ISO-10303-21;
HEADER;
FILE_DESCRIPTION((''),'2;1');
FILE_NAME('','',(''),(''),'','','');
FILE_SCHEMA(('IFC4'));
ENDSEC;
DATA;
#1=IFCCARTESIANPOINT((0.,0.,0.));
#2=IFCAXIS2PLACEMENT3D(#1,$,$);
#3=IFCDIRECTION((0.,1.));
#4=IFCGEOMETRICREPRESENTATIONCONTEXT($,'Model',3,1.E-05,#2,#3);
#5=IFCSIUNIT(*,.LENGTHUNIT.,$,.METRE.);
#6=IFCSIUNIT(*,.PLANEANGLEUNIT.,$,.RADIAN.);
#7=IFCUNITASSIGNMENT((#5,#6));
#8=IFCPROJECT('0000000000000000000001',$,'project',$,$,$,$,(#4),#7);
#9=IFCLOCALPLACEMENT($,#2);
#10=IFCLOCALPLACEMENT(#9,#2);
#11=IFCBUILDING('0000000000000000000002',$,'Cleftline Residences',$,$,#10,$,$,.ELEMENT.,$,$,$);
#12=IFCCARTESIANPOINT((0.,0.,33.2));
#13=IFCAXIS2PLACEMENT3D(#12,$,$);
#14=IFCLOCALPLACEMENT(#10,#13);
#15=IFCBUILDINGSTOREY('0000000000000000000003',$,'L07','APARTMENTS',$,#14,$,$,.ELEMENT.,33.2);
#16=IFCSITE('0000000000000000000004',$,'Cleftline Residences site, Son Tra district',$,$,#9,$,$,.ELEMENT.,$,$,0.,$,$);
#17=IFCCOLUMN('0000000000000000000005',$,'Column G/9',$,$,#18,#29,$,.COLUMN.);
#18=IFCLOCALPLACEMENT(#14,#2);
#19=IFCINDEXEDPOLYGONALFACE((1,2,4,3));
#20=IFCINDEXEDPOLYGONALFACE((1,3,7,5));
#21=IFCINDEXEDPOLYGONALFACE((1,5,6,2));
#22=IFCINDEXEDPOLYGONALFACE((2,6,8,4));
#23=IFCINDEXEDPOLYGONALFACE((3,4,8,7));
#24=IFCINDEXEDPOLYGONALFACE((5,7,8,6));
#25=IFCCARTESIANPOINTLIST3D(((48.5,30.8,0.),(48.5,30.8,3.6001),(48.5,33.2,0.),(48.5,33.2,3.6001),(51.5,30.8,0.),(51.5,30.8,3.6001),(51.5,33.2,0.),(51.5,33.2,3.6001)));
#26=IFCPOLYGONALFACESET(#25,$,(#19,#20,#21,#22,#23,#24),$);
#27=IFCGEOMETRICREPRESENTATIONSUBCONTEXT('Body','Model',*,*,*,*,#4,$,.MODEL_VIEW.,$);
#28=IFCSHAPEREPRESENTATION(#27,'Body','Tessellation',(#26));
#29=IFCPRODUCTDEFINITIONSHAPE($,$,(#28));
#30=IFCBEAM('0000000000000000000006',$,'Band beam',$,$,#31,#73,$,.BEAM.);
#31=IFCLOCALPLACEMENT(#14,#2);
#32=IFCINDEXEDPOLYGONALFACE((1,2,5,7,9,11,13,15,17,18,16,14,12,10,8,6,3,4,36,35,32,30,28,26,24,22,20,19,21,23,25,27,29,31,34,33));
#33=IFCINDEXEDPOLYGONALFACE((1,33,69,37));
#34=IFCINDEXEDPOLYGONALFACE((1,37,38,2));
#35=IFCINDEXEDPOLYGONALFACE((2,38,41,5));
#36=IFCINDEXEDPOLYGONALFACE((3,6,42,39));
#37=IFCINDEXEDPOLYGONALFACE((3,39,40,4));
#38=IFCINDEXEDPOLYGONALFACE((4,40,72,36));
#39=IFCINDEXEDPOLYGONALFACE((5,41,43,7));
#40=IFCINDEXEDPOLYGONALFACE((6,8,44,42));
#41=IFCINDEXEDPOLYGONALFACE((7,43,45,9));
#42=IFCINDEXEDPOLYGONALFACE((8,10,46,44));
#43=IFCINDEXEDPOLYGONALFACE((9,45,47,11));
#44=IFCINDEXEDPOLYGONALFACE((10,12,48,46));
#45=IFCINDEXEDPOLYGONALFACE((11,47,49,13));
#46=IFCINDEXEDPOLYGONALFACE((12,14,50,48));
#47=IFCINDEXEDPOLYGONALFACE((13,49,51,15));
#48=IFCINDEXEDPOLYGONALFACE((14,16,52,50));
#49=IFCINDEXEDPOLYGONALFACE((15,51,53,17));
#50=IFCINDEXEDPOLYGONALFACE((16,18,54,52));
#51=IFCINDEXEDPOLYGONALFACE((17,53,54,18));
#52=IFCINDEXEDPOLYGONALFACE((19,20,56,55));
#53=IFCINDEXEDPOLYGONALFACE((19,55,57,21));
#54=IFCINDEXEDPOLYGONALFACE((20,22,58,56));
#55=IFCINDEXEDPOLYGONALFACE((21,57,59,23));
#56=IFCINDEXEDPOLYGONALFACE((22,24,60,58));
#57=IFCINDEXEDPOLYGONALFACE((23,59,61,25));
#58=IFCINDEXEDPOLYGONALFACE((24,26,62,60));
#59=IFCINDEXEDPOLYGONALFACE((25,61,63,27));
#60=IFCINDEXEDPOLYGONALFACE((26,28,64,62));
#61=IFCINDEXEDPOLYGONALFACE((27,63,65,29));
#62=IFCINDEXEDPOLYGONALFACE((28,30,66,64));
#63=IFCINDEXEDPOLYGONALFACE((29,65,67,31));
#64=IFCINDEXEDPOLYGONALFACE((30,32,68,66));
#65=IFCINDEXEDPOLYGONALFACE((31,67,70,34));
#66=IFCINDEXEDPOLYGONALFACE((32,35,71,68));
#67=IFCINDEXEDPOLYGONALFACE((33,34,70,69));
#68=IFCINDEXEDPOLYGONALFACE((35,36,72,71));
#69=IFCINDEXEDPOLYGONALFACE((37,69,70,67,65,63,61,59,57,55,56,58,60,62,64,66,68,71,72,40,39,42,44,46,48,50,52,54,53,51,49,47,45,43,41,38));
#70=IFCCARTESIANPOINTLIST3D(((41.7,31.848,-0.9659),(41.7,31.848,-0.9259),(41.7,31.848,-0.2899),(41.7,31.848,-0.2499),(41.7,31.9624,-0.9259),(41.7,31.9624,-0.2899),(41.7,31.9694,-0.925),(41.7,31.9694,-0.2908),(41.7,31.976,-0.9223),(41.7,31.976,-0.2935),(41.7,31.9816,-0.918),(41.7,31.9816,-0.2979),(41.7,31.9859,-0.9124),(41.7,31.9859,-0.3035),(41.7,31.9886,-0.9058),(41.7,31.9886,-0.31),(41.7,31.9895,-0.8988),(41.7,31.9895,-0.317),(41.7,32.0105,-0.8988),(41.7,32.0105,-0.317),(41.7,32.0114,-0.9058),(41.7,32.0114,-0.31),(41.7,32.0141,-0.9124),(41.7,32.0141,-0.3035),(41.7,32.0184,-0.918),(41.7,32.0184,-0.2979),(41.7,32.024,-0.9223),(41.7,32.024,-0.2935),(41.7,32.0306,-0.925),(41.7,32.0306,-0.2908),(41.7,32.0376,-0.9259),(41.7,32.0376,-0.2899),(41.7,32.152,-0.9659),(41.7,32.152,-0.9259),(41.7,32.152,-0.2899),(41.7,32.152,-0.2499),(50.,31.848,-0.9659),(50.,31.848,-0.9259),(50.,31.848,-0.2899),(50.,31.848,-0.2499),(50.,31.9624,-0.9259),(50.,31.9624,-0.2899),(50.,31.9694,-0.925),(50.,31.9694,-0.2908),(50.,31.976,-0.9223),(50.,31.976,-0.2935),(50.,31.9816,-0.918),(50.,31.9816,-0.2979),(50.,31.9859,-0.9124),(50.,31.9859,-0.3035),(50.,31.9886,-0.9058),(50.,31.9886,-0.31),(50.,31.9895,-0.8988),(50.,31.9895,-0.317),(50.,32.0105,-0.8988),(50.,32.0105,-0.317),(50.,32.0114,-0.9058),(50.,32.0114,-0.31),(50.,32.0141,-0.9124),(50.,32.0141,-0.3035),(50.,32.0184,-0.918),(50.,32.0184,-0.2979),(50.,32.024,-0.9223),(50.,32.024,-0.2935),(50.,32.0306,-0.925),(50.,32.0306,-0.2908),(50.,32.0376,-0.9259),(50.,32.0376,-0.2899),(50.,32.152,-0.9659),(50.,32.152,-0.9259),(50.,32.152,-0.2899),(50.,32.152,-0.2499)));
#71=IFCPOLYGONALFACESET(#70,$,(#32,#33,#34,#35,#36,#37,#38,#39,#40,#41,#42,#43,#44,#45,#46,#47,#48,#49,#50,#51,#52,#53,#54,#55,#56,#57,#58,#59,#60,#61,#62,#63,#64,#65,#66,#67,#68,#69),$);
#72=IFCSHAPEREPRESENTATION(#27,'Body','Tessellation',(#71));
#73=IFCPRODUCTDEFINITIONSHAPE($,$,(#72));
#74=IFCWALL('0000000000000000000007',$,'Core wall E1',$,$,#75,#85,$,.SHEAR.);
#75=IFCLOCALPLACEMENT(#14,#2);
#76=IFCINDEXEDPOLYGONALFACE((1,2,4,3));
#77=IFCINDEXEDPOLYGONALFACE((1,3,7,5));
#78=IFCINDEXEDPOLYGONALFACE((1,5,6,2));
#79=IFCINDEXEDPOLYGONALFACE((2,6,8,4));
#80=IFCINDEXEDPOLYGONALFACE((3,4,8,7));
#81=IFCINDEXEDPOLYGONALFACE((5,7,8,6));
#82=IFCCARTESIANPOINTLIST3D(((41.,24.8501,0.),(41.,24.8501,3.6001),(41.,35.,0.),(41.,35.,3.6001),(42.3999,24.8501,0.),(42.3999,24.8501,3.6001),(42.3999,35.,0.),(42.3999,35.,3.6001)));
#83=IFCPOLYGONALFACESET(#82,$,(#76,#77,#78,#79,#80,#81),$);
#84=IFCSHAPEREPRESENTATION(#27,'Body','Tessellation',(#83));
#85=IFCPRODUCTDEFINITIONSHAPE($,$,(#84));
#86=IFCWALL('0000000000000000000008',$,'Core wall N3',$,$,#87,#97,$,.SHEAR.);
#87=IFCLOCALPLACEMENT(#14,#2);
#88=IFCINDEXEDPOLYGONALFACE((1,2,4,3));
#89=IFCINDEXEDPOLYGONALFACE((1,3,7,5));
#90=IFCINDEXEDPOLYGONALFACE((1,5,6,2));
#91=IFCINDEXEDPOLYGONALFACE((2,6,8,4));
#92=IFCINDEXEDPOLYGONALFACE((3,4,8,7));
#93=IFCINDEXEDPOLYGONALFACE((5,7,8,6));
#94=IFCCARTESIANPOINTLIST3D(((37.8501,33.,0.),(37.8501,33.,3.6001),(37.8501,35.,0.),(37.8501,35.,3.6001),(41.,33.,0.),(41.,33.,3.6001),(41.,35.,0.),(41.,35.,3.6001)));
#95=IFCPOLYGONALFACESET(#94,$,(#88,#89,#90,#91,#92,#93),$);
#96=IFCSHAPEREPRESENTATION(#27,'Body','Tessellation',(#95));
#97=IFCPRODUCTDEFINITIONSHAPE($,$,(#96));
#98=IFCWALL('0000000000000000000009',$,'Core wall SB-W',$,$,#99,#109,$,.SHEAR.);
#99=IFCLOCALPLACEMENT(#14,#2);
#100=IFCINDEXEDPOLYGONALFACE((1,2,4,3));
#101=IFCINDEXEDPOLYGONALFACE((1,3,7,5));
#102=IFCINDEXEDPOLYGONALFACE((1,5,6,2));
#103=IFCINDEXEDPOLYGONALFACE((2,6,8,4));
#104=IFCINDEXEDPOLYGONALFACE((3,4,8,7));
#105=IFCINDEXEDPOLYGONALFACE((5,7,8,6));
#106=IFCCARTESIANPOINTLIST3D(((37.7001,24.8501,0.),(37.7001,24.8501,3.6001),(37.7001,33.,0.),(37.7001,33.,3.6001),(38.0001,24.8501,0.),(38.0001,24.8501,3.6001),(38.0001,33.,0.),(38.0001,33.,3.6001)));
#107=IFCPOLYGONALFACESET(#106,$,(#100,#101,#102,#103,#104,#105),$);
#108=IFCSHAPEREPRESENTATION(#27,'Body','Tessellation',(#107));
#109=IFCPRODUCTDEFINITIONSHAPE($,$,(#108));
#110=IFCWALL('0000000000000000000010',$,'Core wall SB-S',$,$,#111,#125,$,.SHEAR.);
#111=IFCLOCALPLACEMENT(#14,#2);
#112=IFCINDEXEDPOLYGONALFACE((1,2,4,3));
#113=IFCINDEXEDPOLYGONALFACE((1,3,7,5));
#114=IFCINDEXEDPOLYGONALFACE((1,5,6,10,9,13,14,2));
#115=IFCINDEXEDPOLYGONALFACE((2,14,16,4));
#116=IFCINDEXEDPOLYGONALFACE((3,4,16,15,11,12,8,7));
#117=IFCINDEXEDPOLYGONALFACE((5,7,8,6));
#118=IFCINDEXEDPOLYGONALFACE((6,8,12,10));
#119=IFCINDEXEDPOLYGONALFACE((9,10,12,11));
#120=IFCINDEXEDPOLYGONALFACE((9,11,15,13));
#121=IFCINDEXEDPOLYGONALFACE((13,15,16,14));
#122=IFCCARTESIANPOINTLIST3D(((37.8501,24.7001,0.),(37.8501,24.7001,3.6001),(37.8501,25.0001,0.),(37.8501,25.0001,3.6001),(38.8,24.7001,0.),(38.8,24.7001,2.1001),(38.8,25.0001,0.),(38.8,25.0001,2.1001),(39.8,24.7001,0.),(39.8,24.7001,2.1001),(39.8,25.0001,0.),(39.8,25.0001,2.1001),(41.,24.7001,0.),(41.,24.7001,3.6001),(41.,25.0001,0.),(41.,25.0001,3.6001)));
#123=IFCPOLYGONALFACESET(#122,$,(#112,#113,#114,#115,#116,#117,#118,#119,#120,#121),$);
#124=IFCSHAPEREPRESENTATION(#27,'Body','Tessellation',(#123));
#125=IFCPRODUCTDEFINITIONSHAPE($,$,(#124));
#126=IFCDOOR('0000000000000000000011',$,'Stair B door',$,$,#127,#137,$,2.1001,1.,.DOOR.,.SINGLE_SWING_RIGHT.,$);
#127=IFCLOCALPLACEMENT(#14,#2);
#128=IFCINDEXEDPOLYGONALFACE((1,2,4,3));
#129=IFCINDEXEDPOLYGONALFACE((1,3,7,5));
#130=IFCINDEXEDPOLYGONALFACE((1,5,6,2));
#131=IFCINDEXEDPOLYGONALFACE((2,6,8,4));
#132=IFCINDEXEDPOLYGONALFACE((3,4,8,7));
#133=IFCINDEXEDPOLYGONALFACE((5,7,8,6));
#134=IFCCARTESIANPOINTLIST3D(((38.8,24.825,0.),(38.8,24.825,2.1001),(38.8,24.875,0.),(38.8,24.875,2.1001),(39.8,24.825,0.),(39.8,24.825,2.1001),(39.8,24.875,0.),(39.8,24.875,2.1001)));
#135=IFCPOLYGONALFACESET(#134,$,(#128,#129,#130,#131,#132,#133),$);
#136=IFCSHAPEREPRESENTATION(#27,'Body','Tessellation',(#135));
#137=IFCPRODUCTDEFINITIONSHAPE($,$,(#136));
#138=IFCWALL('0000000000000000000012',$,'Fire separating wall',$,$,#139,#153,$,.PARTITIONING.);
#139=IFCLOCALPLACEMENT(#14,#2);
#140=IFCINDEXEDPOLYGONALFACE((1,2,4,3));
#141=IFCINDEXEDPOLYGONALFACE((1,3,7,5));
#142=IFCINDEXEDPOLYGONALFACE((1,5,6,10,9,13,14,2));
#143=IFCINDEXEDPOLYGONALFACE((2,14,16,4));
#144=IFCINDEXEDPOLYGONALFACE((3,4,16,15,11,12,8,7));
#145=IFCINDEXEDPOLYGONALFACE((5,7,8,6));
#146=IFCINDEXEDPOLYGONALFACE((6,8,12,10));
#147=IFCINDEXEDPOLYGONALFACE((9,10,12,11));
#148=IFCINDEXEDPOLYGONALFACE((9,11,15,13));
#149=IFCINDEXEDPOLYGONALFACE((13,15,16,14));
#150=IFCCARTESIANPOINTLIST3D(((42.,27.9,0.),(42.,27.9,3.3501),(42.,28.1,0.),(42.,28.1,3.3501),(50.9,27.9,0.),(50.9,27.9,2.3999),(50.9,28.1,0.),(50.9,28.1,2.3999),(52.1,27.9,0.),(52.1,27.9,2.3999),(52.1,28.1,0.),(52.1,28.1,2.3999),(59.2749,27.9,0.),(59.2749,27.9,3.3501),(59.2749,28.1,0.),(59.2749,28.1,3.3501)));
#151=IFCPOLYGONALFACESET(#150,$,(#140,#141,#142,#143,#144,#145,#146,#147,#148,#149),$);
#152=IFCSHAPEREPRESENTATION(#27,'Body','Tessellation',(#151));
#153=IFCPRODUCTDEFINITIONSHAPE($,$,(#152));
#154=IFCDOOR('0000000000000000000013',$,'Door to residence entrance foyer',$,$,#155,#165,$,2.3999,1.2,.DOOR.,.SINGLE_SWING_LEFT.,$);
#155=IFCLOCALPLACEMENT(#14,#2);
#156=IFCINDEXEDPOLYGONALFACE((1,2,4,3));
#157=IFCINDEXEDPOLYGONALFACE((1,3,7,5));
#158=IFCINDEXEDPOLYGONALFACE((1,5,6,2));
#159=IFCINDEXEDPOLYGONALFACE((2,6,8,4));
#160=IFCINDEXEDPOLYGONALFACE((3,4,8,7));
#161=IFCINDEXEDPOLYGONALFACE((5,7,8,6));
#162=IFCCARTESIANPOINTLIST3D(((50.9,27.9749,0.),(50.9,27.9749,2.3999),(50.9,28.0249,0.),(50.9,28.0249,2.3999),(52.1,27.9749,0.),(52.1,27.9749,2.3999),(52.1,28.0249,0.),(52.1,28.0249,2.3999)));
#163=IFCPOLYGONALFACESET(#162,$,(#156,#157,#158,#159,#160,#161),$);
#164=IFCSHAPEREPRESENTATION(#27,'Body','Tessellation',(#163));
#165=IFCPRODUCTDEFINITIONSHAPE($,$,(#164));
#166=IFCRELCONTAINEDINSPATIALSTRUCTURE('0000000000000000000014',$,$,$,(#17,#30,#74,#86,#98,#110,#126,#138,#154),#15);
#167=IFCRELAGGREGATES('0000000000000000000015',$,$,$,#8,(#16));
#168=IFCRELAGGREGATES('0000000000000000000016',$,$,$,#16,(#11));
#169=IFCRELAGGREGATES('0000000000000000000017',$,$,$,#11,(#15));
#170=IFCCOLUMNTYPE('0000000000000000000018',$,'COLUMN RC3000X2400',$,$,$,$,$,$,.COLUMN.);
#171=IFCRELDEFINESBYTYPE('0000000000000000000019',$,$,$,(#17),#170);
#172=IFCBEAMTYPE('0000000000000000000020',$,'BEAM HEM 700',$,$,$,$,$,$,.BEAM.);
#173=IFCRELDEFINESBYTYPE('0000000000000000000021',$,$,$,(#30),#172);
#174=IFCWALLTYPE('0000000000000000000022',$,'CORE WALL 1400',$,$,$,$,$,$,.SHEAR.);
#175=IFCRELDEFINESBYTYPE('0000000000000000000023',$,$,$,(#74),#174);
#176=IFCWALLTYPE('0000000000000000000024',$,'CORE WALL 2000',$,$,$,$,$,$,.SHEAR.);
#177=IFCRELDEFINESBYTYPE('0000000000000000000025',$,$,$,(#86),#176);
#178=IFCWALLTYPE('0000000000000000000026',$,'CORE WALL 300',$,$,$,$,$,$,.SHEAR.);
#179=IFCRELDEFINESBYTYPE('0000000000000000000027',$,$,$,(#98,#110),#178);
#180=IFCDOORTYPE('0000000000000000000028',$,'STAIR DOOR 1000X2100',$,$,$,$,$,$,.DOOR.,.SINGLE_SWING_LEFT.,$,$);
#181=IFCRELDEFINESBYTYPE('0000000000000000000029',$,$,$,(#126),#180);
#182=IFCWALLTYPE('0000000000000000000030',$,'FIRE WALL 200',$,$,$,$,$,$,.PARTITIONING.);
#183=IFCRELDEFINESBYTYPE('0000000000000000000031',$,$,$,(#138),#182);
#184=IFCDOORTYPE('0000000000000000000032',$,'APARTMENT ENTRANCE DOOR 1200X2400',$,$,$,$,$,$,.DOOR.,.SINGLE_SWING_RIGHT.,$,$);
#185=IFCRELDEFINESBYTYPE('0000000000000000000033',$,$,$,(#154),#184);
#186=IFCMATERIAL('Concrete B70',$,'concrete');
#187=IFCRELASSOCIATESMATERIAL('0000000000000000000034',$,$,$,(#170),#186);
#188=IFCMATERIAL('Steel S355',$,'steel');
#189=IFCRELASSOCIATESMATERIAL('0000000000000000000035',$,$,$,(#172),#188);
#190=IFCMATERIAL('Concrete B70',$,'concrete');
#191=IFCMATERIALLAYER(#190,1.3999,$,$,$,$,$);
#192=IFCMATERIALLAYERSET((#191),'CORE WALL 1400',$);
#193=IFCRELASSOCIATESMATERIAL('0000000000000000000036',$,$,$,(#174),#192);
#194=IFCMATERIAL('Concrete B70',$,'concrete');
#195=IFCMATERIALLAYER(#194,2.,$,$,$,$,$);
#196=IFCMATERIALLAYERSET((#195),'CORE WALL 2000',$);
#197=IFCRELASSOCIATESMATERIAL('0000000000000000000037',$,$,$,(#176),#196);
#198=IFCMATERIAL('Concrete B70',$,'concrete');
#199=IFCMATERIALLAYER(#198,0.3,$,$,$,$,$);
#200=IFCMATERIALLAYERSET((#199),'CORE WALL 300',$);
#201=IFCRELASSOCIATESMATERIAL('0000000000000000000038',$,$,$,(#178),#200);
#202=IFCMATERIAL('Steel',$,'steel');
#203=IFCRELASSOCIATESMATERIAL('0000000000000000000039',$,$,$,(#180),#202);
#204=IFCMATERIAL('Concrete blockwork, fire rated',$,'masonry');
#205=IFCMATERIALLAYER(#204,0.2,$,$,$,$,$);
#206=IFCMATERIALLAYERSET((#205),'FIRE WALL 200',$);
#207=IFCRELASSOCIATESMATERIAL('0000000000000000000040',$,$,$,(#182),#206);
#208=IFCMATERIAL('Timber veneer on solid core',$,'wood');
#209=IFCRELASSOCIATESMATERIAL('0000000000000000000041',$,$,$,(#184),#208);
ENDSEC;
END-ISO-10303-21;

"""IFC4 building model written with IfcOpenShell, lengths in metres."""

from ifc_helpers import new_model, si_unit, direction, frame, frame_2d, origin, origin_2d, place, context, subcontext, project, spatial, rectangle, i_section, extrude, material, layer, layer_set, material_profile, profile_set, type_object, element, fill, save


model = new_model("IFC4")

# Units and contexts
model_context = context("Model", 3, precision=1e-05, world=origin(), true_north=direction((0.0, 1.0)))
body_context = subcontext(model_context, "Body", "Model", "MODEL_VIEW")
ifc_project = project(units=[si_unit("LENGTHUNIT", "METRE"), si_unit("PLANEANGLEUNIT", "RADIAN")], contexts=[model_context])

# Site, building, storey
site_placement = place(None, origin())
site = spatial("IfcSite", under=ifc_project, at=site_placement, Name="Cleftline Residences site, Son Tra district", CompositionType="ELEMENT", RefElevation=0.0)
building_placement = place(site_placement, origin())
building = spatial("IfcBuilding", under=site, at=building_placement, Name="Cleftline Residences", CompositionType="ELEMENT")
storey_placement = place(building_placement, frame((0.0, 0.0, 33.2)))
storey = spatial("IfcBuildingStorey", under=building, at=storey_placement, Name="L07", Description="APARTMENTS", CompositionType="ELEMENT", Elevation=33.2)

# Column
ifc_material_1 = material(Name="Concrete B70", Category="concrete")
ifc_material_profile_1 = material_profile(ifc_material_1, rectangle(XDim=3.0, YDim=2.3999, at=origin_2d()))
ifc_profile_set_1 = profile_set([ifc_material_profile_1], Name="Concrete B70")
column_type = type_object("IfcColumnType", Name="COLUMN RC3000X2400", PredefinedType="COLUMN", material=ifc_profile_set_1)
column_placement = place(storey_placement, frame((50.0, 32.0, 0.0), z_axis=(0.0, 0.0, 1.0), x_axis=(1.0, 0.0, 0.0)))
element("IfcColumn", 1, at=column_placement, inside=storey, type_object=column_type, Name="Column G/9", PredefinedType="COLUMN", context=body_context, shape_type="SweptSolid", body=[
    extrude(rectangle(XDim=3.0, YDim=2.3999, at=origin_2d()), origin(), (0.0, 0.0, 1.0), 3.6001),
])

# Beam
ifc_material_2 = material(Name="Steel S355", Category="steel")
ifc_material_profile_2 = material_profile(ifc_material_2, i_section(OverallWidth=0.304, OverallDepth=0.7161, WebThickness=0.021, FlangeThickness=0.04, FilletRadius=0.0271, at=origin_2d()))
ifc_profile_set_2 = profile_set([ifc_material_profile_2], Name="Steel S355")
beam_type = type_object("IfcBeamType", Name="BEAM HEM 700", PredefinedType="BEAM", material=ifc_profile_set_2)
beam_placement = place(storey_placement, frame((50.0, 32.0, -0.6079), z_axis=(-1.0, 0.0, 0.0), x_axis=(0.0, -1.0, 0.0)))
element("IfcBeam", 2, at=beam_placement, inside=storey, type_object=beam_type, Name="Band beam", PredefinedType="BEAM", context=body_context, shape_type="SweptSolid", body=[
    extrude(i_section(OverallWidth=0.304, OverallDepth=0.7161, WebThickness=0.021, FlangeThickness=0.04, FilletRadius=0.0271, at=origin_2d()), origin(), (0.0, 0.0, 1.0), 8.3),
])

# Walls
ifc_material_3 = material(Name="Concrete B70", Category="concrete")
ifc_layer_1 = layer(ifc_material_3, 1.3999)
ifc_layer_set_1 = layer_set([ifc_layer_1], Name="CORE WALL 1400")
wall_type_1 = type_object("IfcWallType", Name="CORE WALL 1400", PredefinedType="SHEAR", material=ifc_layer_set_1)
wall_1_placement = place(storey_placement, frame((41.7, 24.8501, 0.0), z_axis=(0.0, 0.0, 1.0), x_axis=(0.0, 1.0, 0.0)))
element("IfcWall", 3, at=wall_1_placement, inside=storey, type_object=wall_type_1, Name="Core wall E1", PredefinedType="SHEAR", context=body_context, shape_type="SweptSolid", body=[
    extrude(rectangle(XDim=10.1499, YDim=1.3999, at=frame_2d((5.075, 0.0))), origin(), (0.0, 0.0, 1.0), 3.6001),
])
ifc_material_4 = material(Name="Concrete B70", Category="concrete")
ifc_layer_2 = layer(ifc_material_4, 2.0)
ifc_layer_set_2 = layer_set([ifc_layer_2], Name="CORE WALL 2000")
wall_type_2 = type_object("IfcWallType", Name="CORE WALL 2000", PredefinedType="SHEAR", material=ifc_layer_set_2)
wall_2_placement = place(storey_placement, frame((37.8501, 34.0, 0.0), z_axis=(0.0, 0.0, 1.0), x_axis=(1.0, 0.0, 0.0)))
element("IfcWall", 4, at=wall_2_placement, inside=storey, type_object=wall_type_2, Name="Core wall N3", PredefinedType="SHEAR", context=body_context, shape_type="SweptSolid", body=[
    extrude(rectangle(XDim=3.1499, YDim=2.0, at=frame_2d((1.575, 0.0))), origin(), (0.0, 0.0, 1.0), 3.6001),
])
ifc_material_5 = material(Name="Concrete B70", Category="concrete")
ifc_layer_3 = layer(ifc_material_5, 0.3)
ifc_layer_set_3 = layer_set([ifc_layer_3], Name="CORE WALL 300")
wall_type_3 = type_object("IfcWallType", Name="CORE WALL 300", PredefinedType="SHEAR", material=ifc_layer_set_3)
wall_3_placement = place(storey_placement, frame((37.8501, 24.8501, 0.0), z_axis=(0.0, 0.0, 1.0), x_axis=(0.0, 1.0, 0.0)))
element("IfcWall", 5, at=wall_3_placement, inside=storey, type_object=wall_type_3, Name="Core wall SB-W", PredefinedType="SHEAR", context=body_context, shape_type="SweptSolid", body=[
    extrude(rectangle(XDim=8.1499, YDim=0.3, at=frame_2d((4.075, 0.0))), origin(), (0.0, 0.0, 1.0), 3.6001),
])

# Walls, openings, doors
wall_4_placement = place(storey_placement, frame((37.8501, 24.8501, 0.0), z_axis=(0.0, 0.0, 1.0), x_axis=(1.0, 0.0, 0.0)))
wall_4 = element("IfcWall", 6, at=wall_4_placement, inside=storey, type_object=wall_type_3, Name="Core wall SB-S", PredefinedType="SHEAR", context=body_context, shape_type="SweptSolid", body=[
    extrude(rectangle(XDim=3.1499, YDim=0.3, at=frame_2d((1.575, 0.0))), origin(), (0.0, 0.0, 1.0), 3.6001),
])
opening_1_placement = place(wall_4_placement, frame((0.95, 0.0, 0.0)))
opening_1 = element("IfcOpeningElement", 7, at=opening_1_placement, cuts=wall_4, PredefinedType="OPENING", context=body_context, shape_type="SweptSolid", body=[
    extrude(rectangle(XDim=1.0, YDim=2.1001, at=frame_2d((0.5, 1.05))), frame((0.0, 0.1599, 0.0), z_axis=(0.0, -1.0, 0.0), x_axis=(1.0, 0.0, 0.0)), (0.0, 0.0, 1.0), 0.3201),
])
ifc_material_6 = material(Name="Steel", Category="steel")
door_type_1 = type_object("IfcDoorType", Name="STAIR DOOR 1000X2100", OperationType="SINGLE_SWING_LEFT", PredefinedType="DOOR", material=ifc_material_6)
door_1_placement = place(opening_1_placement, origin())
door_1 = element("IfcDoor", 8, at=door_1_placement, inside=storey, type_object=door_type_1, Name="Stair B door", OperationType="SINGLE_SWING_RIGHT", OverallHeight=2.1001, OverallWidth=1.0, PredefinedType="DOOR", context=body_context, shape_type="SweptSolid", body=[
    extrude(rectangle(XDim=1.0, YDim=2.1001, at=frame_2d((0.5, 1.05))), frame((0.0, 0.0249, 0.0), z_axis=(0.0, -1.0, 0.0), x_axis=(1.0, 0.0, 0.0)), (0.0, 0.0, 1.0), 0.05),
])
fill(opening_1, door_1)
ifc_material_7 = material(Name="Concrete blockwork, fire rated", Category="masonry")
ifc_layer_4 = layer(ifc_material_7, 0.2)
ifc_layer_set_4 = layer_set([ifc_layer_4], Name="FIRE WALL 200")
wall_type_4 = type_object("IfcWallType", Name="FIRE WALL 200", PredefinedType="PARTITIONING", material=ifc_layer_set_4)
wall_5_placement = place(storey_placement, frame((42.0, 28.0, 0.0), z_axis=(0.0, 0.0, 1.0), x_axis=(1.0, 0.0, 0.0)))
wall_5 = element("IfcWall", 9, at=wall_5_placement, inside=storey, type_object=wall_type_4, Name="Fire separating wall", PredefinedType="PARTITIONING", context=body_context, shape_type="SweptSolid", body=[
    extrude(rectangle(XDim=17.2749, YDim=0.2, at=frame_2d((8.6375, 0.0))), origin(), (0.0, 0.0, 1.0), 3.3501),
])
opening_2_placement = place(wall_5_placement, frame((8.8999, 0.0, 0.0)))
opening_2 = element("IfcOpeningElement", 10, at=opening_2_placement, cuts=wall_5, PredefinedType="OPENING", context=body_context, shape_type="SweptSolid", body=[
    extrude(rectangle(XDim=1.2, YDim=2.3999, at=frame_2d((0.6001, 1.2))), frame((0.0, 0.1099, 0.0), z_axis=(0.0, -1.0, 0.0), x_axis=(1.0, 0.0, 0.0)), (0.0, 0.0, 1.0), 0.22),
])
ifc_material_8 = material(Name="Timber veneer on solid core", Category="wood")
door_type_2 = type_object("IfcDoorType", Name="APARTMENT ENTRANCE DOOR 1200X2400", OperationType="SINGLE_SWING_RIGHT", PredefinedType="DOOR", material=ifc_material_8)
door_2_placement = place(opening_2_placement, origin())
door_2 = element("IfcDoor", 11, at=door_2_placement, inside=storey, type_object=door_type_2, Name="Door to residence entrance foyer", OperationType="SINGLE_SWING_LEFT", OverallHeight=2.3999, OverallWidth=1.2, PredefinedType="DOOR", context=body_context, shape_type="SweptSolid", body=[
    extrude(rectangle(XDim=1.2, YDim=2.3999, at=frame_2d((0.6001, 1.2))), frame((0.0, 0.0249, 0.0), z_axis=(0.0, -1.0, 0.0), x_axis=(1.0, 0.0, 0.0)), (0.0, 0.0, 1.0), 0.05),
])
fill(opening_2, door_2)

save(model, "model.ifc")
